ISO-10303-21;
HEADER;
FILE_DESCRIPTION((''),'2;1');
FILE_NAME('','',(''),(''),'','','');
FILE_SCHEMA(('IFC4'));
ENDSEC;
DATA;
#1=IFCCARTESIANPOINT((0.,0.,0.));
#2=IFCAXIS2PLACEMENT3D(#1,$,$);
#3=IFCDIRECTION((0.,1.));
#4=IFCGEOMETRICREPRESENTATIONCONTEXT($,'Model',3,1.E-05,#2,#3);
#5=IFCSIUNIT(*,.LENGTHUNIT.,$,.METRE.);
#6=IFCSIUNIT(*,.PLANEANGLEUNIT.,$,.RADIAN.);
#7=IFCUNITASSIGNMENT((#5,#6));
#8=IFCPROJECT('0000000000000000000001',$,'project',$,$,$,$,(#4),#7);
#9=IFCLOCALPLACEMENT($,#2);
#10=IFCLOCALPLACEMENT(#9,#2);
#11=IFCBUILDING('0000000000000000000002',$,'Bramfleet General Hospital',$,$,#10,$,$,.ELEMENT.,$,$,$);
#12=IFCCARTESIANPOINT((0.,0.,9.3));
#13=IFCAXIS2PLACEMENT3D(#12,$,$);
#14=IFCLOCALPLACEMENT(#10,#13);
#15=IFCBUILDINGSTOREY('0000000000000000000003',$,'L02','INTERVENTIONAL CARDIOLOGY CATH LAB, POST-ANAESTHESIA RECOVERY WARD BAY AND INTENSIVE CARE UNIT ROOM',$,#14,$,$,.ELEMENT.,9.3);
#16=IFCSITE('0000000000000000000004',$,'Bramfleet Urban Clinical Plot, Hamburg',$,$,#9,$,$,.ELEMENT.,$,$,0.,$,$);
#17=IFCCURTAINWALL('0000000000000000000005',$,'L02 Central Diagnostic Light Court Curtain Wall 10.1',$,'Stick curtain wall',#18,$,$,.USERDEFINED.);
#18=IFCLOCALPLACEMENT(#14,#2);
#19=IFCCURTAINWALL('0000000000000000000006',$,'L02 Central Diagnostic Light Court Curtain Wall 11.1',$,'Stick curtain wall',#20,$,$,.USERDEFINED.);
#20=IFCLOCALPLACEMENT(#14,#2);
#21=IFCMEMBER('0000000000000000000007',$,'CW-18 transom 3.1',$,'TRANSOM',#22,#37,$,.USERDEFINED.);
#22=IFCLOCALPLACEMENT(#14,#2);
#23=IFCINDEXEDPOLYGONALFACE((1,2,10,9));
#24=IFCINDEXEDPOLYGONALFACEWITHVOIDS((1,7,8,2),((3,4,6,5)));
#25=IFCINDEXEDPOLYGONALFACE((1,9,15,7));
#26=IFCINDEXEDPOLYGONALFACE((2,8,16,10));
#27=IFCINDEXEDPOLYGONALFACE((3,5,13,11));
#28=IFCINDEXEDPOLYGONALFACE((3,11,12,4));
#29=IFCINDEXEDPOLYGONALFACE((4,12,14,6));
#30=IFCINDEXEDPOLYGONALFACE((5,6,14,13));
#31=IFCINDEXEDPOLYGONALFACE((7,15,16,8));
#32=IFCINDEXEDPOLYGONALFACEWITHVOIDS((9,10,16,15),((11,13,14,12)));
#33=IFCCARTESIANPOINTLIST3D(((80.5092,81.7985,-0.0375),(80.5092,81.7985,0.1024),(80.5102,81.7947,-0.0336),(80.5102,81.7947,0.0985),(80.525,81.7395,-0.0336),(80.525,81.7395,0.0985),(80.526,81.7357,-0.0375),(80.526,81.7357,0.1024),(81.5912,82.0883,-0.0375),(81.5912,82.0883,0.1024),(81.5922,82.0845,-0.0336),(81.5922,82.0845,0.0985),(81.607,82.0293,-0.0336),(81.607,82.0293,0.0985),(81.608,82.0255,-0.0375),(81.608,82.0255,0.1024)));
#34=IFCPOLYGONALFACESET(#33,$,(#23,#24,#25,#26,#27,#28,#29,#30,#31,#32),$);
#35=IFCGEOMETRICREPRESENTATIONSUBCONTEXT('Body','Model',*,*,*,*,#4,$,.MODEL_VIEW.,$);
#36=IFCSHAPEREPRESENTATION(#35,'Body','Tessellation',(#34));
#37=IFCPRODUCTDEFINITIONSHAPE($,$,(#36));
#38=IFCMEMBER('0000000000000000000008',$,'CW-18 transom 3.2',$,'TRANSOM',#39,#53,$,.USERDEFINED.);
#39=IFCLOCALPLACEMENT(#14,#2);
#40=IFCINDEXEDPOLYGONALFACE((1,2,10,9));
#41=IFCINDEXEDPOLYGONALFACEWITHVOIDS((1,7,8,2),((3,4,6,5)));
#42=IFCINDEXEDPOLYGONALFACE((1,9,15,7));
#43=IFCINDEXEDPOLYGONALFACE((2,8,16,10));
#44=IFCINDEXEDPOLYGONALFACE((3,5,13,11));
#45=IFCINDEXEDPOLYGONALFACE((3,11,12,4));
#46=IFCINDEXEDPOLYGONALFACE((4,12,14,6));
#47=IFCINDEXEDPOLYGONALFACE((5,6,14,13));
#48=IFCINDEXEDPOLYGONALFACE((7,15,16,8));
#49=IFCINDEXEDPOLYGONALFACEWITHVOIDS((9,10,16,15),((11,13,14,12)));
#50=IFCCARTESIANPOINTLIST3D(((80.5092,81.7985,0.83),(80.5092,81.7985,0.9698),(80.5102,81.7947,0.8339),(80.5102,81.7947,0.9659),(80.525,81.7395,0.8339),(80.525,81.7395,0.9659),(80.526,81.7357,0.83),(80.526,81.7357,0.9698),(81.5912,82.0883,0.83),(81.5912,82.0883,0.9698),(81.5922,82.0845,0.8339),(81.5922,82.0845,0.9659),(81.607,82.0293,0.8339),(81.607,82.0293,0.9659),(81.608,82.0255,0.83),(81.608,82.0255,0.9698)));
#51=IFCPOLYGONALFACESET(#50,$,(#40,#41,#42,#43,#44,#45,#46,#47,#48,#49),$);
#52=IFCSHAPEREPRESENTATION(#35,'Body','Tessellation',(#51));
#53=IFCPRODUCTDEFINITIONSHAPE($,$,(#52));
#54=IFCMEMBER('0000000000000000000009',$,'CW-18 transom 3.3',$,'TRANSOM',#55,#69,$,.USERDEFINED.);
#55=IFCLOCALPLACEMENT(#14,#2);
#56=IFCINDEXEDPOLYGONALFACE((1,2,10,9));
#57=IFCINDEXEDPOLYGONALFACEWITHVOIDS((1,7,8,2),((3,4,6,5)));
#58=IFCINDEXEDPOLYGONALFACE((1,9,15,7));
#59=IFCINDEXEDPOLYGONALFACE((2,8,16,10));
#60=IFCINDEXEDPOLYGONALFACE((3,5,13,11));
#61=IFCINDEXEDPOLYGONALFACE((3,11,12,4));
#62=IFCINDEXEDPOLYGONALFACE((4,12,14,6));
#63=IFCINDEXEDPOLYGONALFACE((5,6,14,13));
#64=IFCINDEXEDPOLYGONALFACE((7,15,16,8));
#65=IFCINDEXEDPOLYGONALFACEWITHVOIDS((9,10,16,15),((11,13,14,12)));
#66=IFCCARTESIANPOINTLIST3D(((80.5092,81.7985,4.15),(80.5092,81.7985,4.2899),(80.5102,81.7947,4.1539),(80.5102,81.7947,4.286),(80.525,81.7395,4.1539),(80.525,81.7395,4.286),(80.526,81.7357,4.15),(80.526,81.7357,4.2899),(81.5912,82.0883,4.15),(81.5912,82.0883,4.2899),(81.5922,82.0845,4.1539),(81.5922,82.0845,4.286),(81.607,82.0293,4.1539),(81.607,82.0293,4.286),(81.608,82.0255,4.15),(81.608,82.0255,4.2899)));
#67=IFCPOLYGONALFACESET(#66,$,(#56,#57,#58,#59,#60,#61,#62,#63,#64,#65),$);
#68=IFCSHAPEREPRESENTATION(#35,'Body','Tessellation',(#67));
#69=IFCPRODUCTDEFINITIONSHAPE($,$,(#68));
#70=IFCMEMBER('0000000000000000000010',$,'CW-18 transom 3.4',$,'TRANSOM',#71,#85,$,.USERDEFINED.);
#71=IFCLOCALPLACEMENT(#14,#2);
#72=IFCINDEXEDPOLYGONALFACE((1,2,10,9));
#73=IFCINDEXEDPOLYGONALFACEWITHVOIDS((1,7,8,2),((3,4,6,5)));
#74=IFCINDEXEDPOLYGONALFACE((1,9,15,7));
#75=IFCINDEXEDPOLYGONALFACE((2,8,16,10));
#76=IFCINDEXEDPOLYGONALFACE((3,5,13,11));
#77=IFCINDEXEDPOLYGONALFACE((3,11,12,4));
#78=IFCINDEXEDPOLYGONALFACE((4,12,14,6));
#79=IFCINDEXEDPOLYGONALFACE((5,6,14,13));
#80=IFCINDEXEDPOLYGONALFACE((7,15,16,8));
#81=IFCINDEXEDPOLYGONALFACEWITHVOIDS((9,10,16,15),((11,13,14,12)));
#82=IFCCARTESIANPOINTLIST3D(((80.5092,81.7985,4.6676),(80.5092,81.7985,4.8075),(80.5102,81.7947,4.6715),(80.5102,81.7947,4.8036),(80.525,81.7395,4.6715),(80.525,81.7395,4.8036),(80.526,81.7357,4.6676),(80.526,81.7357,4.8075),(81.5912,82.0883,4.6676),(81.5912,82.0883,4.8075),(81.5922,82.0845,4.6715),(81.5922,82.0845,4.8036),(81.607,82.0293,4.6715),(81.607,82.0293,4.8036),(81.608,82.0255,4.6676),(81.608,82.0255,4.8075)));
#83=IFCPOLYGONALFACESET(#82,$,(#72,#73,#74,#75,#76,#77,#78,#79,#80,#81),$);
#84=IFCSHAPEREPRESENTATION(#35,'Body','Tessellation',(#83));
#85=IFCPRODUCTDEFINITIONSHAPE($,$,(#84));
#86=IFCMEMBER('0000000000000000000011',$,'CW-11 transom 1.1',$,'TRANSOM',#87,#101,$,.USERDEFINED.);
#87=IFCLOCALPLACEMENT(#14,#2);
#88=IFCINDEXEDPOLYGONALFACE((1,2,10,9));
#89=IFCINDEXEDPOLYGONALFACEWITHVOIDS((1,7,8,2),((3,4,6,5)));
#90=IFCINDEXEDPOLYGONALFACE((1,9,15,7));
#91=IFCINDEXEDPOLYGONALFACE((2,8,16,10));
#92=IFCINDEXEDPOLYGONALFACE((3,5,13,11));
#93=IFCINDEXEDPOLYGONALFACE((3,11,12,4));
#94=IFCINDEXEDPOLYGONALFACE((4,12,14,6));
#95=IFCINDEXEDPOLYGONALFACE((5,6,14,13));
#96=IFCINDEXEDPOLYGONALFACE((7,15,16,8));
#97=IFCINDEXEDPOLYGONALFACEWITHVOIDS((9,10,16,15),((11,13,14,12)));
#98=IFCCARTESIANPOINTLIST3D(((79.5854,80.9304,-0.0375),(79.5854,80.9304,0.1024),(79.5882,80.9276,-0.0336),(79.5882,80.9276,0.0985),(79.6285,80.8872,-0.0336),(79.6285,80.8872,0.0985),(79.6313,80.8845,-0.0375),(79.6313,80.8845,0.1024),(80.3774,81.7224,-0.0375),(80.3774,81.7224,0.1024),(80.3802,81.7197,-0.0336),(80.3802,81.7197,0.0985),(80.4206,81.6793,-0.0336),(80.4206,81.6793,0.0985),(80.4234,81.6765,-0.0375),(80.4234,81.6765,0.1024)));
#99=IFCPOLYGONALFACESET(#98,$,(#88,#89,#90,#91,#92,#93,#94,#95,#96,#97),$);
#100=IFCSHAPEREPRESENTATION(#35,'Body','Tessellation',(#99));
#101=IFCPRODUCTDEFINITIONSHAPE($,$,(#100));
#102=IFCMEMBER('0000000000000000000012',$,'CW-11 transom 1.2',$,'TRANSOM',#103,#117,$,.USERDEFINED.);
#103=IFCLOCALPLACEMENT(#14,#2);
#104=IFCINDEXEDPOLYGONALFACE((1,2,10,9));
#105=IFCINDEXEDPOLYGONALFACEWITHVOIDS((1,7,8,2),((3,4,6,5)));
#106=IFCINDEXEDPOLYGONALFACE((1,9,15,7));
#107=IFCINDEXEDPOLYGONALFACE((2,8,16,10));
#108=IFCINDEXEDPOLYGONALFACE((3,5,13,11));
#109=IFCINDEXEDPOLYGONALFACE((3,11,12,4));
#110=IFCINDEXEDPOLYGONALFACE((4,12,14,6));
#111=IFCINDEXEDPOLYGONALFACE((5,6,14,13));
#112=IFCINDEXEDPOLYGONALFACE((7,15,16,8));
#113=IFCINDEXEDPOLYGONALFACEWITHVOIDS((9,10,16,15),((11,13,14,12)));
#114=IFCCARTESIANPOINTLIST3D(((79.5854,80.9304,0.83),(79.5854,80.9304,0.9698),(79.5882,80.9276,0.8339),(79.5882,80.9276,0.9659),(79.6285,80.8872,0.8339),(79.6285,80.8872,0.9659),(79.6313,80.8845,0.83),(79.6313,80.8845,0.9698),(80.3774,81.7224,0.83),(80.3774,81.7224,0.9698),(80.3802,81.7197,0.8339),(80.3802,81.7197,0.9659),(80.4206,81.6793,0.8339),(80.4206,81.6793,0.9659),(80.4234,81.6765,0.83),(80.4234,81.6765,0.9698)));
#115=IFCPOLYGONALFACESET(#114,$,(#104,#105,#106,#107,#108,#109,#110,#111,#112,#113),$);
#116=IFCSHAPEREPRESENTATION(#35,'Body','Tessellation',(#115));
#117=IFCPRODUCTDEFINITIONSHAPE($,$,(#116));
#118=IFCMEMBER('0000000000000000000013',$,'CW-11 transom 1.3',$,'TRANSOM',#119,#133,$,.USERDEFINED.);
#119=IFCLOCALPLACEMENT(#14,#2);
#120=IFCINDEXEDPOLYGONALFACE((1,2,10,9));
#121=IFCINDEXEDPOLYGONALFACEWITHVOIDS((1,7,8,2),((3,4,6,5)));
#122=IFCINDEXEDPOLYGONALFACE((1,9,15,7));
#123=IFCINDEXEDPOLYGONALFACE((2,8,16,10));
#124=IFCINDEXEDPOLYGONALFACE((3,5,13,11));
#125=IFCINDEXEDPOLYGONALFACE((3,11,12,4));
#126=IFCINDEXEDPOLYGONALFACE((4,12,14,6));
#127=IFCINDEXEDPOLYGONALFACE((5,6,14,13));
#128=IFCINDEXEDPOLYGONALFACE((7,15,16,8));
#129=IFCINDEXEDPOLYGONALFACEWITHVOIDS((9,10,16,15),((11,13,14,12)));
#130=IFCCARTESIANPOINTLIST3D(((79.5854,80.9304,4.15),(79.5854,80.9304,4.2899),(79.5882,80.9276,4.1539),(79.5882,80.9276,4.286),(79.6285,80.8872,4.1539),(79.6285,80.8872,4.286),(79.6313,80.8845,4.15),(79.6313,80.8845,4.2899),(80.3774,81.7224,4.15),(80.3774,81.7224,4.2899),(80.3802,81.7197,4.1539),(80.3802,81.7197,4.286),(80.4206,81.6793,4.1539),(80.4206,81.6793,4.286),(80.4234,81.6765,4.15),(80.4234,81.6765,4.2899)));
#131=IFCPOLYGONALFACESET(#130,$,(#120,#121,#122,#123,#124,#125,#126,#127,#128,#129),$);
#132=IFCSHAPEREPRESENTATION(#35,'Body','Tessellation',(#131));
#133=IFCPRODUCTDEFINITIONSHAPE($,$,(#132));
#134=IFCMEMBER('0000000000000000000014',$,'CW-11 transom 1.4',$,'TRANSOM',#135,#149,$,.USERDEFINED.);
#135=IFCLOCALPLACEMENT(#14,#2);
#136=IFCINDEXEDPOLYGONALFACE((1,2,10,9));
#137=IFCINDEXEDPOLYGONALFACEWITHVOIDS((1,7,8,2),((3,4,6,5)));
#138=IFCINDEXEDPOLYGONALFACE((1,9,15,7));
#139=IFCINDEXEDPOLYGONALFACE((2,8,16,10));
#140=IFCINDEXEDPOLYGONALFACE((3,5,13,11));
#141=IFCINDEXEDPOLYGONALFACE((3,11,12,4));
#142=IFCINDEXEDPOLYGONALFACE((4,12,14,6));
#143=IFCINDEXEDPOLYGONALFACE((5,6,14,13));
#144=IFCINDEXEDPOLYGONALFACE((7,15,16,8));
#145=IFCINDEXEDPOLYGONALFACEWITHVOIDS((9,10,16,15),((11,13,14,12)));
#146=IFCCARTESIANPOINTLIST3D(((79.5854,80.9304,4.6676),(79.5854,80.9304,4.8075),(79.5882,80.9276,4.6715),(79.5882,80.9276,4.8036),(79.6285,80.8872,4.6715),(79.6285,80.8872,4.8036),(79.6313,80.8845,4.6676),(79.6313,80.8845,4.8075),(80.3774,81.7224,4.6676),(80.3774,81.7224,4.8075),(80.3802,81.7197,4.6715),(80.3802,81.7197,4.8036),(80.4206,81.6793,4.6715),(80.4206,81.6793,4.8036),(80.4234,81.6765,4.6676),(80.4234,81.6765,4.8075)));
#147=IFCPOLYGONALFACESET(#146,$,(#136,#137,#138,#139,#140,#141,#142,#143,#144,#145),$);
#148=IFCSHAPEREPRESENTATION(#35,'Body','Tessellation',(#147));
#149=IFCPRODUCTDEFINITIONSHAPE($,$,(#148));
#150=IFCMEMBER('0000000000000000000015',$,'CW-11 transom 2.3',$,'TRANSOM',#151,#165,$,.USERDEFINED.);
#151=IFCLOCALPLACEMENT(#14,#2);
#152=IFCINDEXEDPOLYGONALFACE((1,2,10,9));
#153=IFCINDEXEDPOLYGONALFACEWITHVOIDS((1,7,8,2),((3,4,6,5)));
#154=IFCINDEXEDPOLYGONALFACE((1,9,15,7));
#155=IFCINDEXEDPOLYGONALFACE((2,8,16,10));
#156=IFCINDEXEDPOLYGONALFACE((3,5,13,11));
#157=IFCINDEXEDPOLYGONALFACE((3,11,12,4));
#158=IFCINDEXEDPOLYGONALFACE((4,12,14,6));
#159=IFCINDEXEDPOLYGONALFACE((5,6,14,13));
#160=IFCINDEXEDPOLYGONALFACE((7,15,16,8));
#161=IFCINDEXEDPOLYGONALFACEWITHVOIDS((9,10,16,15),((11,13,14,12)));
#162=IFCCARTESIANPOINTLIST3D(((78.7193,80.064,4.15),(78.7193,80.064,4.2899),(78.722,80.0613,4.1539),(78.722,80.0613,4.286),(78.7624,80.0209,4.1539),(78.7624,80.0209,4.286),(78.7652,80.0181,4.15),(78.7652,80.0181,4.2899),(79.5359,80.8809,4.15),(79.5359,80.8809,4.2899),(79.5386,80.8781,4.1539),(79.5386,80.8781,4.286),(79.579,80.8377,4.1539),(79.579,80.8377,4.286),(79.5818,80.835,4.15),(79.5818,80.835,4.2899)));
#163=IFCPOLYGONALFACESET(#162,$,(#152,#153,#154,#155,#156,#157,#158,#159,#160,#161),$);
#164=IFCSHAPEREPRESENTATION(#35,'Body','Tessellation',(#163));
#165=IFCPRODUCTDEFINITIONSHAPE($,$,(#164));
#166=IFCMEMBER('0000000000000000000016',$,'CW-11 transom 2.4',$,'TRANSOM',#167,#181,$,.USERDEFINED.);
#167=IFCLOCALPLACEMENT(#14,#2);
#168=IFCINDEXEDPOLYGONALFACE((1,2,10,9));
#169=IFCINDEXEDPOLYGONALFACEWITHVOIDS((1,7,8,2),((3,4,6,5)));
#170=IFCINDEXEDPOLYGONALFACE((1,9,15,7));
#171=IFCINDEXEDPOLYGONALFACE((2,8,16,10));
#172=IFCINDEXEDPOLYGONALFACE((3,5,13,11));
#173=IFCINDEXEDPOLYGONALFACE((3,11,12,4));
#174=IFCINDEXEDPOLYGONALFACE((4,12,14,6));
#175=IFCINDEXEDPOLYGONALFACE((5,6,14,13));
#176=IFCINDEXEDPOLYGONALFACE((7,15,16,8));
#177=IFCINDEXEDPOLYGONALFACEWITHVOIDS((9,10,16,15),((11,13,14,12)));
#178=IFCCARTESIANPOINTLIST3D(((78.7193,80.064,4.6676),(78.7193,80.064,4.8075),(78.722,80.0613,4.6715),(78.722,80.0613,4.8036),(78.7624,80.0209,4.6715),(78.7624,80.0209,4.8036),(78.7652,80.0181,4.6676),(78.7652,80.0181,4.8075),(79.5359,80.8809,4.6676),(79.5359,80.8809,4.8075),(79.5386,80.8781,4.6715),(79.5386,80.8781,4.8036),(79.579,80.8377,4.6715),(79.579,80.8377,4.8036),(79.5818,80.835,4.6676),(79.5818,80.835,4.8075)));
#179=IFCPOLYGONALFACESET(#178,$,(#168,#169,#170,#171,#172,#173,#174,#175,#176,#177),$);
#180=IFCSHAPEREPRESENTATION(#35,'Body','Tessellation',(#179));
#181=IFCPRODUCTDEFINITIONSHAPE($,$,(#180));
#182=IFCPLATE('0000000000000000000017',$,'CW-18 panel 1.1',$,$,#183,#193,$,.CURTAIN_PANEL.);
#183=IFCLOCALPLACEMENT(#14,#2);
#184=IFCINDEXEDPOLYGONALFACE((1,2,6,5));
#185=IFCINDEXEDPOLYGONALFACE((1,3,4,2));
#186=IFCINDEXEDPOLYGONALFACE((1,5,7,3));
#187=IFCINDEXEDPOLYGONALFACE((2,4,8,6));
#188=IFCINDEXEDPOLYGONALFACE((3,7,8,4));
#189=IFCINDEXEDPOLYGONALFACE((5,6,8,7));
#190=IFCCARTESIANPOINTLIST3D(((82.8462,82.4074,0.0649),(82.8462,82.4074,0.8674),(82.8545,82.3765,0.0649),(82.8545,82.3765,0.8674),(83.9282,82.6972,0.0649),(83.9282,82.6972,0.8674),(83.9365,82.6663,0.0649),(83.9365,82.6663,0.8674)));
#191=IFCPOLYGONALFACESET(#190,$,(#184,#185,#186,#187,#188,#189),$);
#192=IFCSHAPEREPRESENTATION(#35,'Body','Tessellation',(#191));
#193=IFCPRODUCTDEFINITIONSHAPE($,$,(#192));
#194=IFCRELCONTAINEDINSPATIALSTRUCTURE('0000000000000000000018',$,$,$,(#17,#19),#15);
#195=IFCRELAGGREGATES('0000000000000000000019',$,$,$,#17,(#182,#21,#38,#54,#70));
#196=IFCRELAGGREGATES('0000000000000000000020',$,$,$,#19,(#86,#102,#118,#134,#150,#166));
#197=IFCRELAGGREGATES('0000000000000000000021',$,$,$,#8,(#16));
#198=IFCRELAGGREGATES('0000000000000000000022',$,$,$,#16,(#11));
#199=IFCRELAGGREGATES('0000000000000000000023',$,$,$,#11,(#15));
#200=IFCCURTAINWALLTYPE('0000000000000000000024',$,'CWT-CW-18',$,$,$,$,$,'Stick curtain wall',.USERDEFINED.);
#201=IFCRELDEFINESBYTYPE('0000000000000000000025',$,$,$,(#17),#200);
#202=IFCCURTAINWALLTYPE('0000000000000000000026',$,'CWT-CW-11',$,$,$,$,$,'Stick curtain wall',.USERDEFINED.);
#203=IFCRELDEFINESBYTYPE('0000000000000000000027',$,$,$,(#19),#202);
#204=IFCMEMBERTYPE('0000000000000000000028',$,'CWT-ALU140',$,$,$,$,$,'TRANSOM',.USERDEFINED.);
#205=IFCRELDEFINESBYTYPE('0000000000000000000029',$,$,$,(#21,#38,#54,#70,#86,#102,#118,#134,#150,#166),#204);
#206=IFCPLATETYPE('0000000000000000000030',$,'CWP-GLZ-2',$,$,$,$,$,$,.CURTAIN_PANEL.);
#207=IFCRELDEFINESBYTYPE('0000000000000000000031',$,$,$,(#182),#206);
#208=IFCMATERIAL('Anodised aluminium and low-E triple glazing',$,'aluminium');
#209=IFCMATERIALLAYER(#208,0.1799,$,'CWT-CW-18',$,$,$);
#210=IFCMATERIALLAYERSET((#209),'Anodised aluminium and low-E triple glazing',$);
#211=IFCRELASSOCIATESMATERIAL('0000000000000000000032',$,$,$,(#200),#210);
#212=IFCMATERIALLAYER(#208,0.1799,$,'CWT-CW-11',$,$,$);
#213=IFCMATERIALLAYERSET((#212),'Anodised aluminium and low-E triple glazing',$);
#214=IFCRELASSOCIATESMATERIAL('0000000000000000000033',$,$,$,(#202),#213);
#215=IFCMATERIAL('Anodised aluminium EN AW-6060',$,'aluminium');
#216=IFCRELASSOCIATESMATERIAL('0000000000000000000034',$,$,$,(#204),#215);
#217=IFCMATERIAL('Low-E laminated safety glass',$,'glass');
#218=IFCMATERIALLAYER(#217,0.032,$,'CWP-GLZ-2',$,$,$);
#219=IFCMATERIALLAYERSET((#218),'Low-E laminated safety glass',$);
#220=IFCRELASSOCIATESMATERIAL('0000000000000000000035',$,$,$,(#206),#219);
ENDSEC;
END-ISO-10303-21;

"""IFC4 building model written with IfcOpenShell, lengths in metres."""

from ifc_helpers import new_model, si_unit, direction, frame, origin, origin_2d, place, context, subcontext, project, spatial, rectangle, hollow_rectangle, extrude, material, layer, layer_set, material_profile, profile_set, type_object, element, aggregate, save


model = new_model("IFC4")

# Units and contexts
model_context = context("Model", 3, precision=1e-05, world=origin(), true_north=direction((0.0, 1.0)))
body_context = subcontext(model_context, "Body", "Model", "MODEL_VIEW")
ifc_project = project(units=[si_unit("LENGTHUNIT", "METRE"), si_unit("PLANEANGLEUNIT", "RADIAN")], contexts=[model_context])

# Site, building, storey
site_placement = place(None, origin())
site = spatial("IfcSite", under=ifc_project, at=site_placement, Name="Bramfleet Urban Clinical Plot, Hamburg", CompositionType="ELEMENT", RefElevation=0.0)
building_placement = place(site_placement, origin())
building = spatial("IfcBuilding", under=site, at=building_placement, Name="Bramfleet General Hospital", CompositionType="ELEMENT")
storey_placement = place(building_placement, frame((0.0, 0.0, 9.3)))
storey = spatial("IfcBuildingStorey", under=building, at=storey_placement, Name="L02", Description="INTERVENTIONAL CARDIOLOGY CATH LAB, POST-ANAESTHESIA RECOVERY WARD BAY AND INTENSIVE CARE UNIT ROOM", CompositionType="ELEMENT", Elevation=9.3)

# Curtain walls
ifc_material_1 = material(Name="Anodised aluminium and low-E triple glazing", Category="aluminium")
ifc_layer_1 = layer(ifc_material_1, 0.1799, Name="CWT-CW-18")
ifc_layer_set_1 = layer_set([ifc_layer_1], Name="Anodised aluminium and low-E triple glazing")
curtain_wall_type_1 = type_object("IfcCurtainWallType", Name="CWT-CW-18", ElementType="Stick curtain wall", PredefinedType="USERDEFINED", material=ifc_layer_set_1)
curtain_wall_1_placement = place(storey_placement, origin())
curtain_wall_1 = element("IfcCurtainWall", 1, at=curtain_wall_1_placement, inside=storey, type_object=curtain_wall_type_1, Name="L02 Central Diagnostic Light Court Curtain Wall 10.1", ObjectType="Stick curtain wall", PredefinedType="USERDEFINED")
ifc_material_2 = material(Name="Anodised aluminium EN AW-6060", Category="aluminium")
ifc_layer_2 = layer(ifc_material_1, 0.1799, Name="CWT-CW-11")
ifc_layer_set_2 = layer_set([ifc_layer_2], Name="Anodised aluminium and low-E triple glazing")
curtain_wall_type_2 = type_object("IfcCurtainWallType", Name="CWT-CW-11", ElementType="Stick curtain wall", PredefinedType="USERDEFINED", material=ifc_layer_set_2)
curtain_wall_2_placement = place(storey_placement, origin())
curtain_wall_2 = element("IfcCurtainWall", 2, at=curtain_wall_2_placement, inside=storey, type_object=curtain_wall_type_2, Name="L02 Central Diagnostic Light Court Curtain Wall 11.1", ObjectType="Stick curtain wall", PredefinedType="USERDEFINED")

# Members
ifc_material_profile_1 = material_profile(ifc_material_2, hollow_rectangle(XDim=0.0649, YDim=0.1399, WallThickness=0.0039, at=origin_2d()), Name="ALU 140x65x4.0")
ifc_profile_set_1 = profile_set([ifc_material_profile_1], Name="Anodised aluminium EN AW-6060")
member_type_1 = type_object("IfcMemberType", Name="CWT-ALU140", ElementType="TRANSOM", PredefinedType="USERDEFINED", material=ifc_profile_set_1)
member_1_placement = place(storey_placement, frame((81.5996, 82.0569, 0.0325), z_axis=(-0.965956, -0.258707, 0.0), x_axis=(0.258707, -0.965956, 0.0)))
member_1 = element("IfcMember", 3, at=member_1_placement, type_object=member_type_1, Name="CW-18 transom 3.1", ObjectType="TRANSOM", PredefinedType="USERDEFINED", context=body_context, shape_type="SweptSolid", body=[
    extrude(hollow_rectangle(XDim=0.0649, YDim=0.1399, WallThickness=0.0039, at=origin_2d()), origin(), (0.0, 0.0, 1.0), 1.1201),
])
member_2_placement = place(storey_placement, frame((81.5996, 82.0569, 0.8999), z_axis=(-0.965956, -0.258707, 0.0), x_axis=(0.258707, -0.965956, 0.0)))
member_2 = element("IfcMember", 4, at=member_2_placement, type_object=member_type_1, Name="CW-18 transom 3.2", ObjectType="TRANSOM", PredefinedType="USERDEFINED", context=body_context, shape_type="SweptSolid", body=[
    extrude(hollow_rectangle(XDim=0.0649, YDim=0.1399, WallThickness=0.0039, at=origin_2d()), origin(), (0.0, 0.0, 1.0), 1.1201),
])
member_3_placement = place(storey_placement, frame((81.5996, 82.0569, 4.22), z_axis=(-0.965956, -0.258707, 0.0), x_axis=(0.258707, -0.965956, 0.0)))
member_3 = element("IfcMember", 5, at=member_3_placement, type_object=member_type_1, Name="CW-18 transom 3.3", ObjectType="TRANSOM", PredefinedType="USERDEFINED", context=body_context, shape_type="SweptSolid", body=[
    extrude(hollow_rectangle(XDim=0.0649, YDim=0.1399, WallThickness=0.0039, at=origin_2d()), origin(), (0.0, 0.0, 1.0), 1.1201),
])
member_4_placement = place(storey_placement, frame((81.5996, 82.0569, 4.7375), z_axis=(-0.965956, -0.258707, 0.0), x_axis=(0.258707, -0.965956, 0.0)))
member_4 = element("IfcMember", 6, at=member_4_placement, type_object=member_type_1, Name="CW-18 transom 3.4", ObjectType="TRANSOM", PredefinedType="USERDEFINED", context=body_context, shape_type="SweptSolid", body=[
    extrude(hollow_rectangle(XDim=0.0649, YDim=0.1399, WallThickness=0.0039, at=origin_2d()), origin(), (0.0, 0.0, 1.0), 1.1201),
])
member_5_placement = place(storey_placement, frame((80.4004, 81.6995, 0.0325), z_axis=(-0.707107, -0.707107, 0.0), x_axis=(0.707107, -0.707107, 0.0)))
member_5 = element("IfcMember", 7, at=member_5_placement, type_object=member_type_1, Name="CW-11 transom 1.1", ObjectType="TRANSOM", PredefinedType="USERDEFINED", context=body_context, shape_type="SweptSolid", body=[
    extrude(hollow_rectangle(XDim=0.0649, YDim=0.1399, WallThickness=0.0039, at=origin_2d()), origin(), (0.0, 0.0, 1.0), 1.1201),
])
member_6_placement = place(storey_placement, frame((80.4004, 81.6995, 0.8999), z_axis=(-0.707107, -0.707107, 0.0), x_axis=(0.707107, -0.707107, 0.0)))
member_6 = element("IfcMember", 8, at=member_6_placement, type_object=member_type_1, Name="CW-11 transom 1.2", ObjectType="TRANSOM", PredefinedType="USERDEFINED", context=body_context, shape_type="SweptSolid", body=[
    extrude(hollow_rectangle(XDim=0.0649, YDim=0.1399, WallThickness=0.0039, at=origin_2d()), origin(), (0.0, 0.0, 1.0), 1.1201),
])
member_7_placement = place(storey_placement, frame((80.4004, 81.6995, 4.22), z_axis=(-0.707107, -0.707107, 0.0), x_axis=(0.707107, -0.707107, 0.0)))
member_7 = element("IfcMember", 9, at=member_7_placement, type_object=member_type_1, Name="CW-11 transom 1.3", ObjectType="TRANSOM", PredefinedType="USERDEFINED", context=body_context, shape_type="SweptSolid", body=[
    extrude(hollow_rectangle(XDim=0.0649, YDim=0.1399, WallThickness=0.0039, at=origin_2d()), origin(), (0.0, 0.0, 1.0), 1.1201),
])
member_8_placement = place(storey_placement, frame((80.4004, 81.6995, 4.7375), z_axis=(-0.707107, -0.707107, 0.0), x_axis=(0.707107, -0.707107, 0.0)))
member_8 = element("IfcMember", 10, at=member_8_placement, type_object=member_type_1, Name="CW-11 transom 1.4", ObjectType="TRANSOM", PredefinedType="USERDEFINED", context=body_context, shape_type="SweptSolid", body=[
    extrude(hollow_rectangle(XDim=0.0649, YDim=0.1399, WallThickness=0.0039, at=origin_2d()), origin(), (0.0, 0.0, 1.0), 1.1201),
])
member_9_placement = place(storey_placement, frame((79.5588, 80.8579, 4.22), z_axis=(-0.707001, -0.707212, 0.0), x_axis=(0.707212, -0.707001, 0.0)))
member_9 = element("IfcMember", 11, at=member_9_placement, type_object=member_type_1, Name="CW-11 transom 2.3", ObjectType="TRANSOM", PredefinedType="USERDEFINED", context=body_context, shape_type="SweptSolid", body=[
    extrude(hollow_rectangle(XDim=0.0649, YDim=0.1399, WallThickness=0.0039, at=origin_2d()), origin(), (0.0, 0.0, 1.0), 1.155),
])
member_10_placement = place(storey_placement, frame((79.5588, 80.8579, 4.7375), z_axis=(-0.707001, -0.707212, 0.0), x_axis=(0.707212, -0.707001, 0.0)))
member_10 = element("IfcMember", 12, at=member_10_placement, type_object=member_type_1, Name="CW-11 transom 2.4", ObjectType="TRANSOM", PredefinedType="USERDEFINED", context=body_context, shape_type="SweptSolid", body=[
    extrude(hollow_rectangle(XDim=0.0649, YDim=0.1399, WallThickness=0.0039, at=origin_2d()), origin(), (0.0, 0.0, 1.0), 1.155),
])

# Plate
ifc_material_3 = material(Name="Low-E laminated safety glass", Category="glass")
ifc_layer_3 = layer(ifc_material_3, 0.032, Name="CWP-GLZ-2")
ifc_layer_set_3 = layer_set([ifc_layer_3], Name="Low-E laminated safety glass")
plate_type = type_object("IfcPlateType", Name="CWP-GLZ-2", PredefinedType="CURTAIN_PANEL", material=ifc_layer_set_3)
plate_1_placement = place(storey_placement, frame((83.3914, 82.5369, 0.0649), z_axis=(0.0, 0.0, 1.0), x_axis=(-0.965941, -0.258763, 0.0)))
plate_1 = element("IfcPlate", 13, at=plate_1_placement, type_object=plate_type, Name="CW-18 panel 1.1", PredefinedType="CURTAIN_PANEL", context=body_context, shape_type="SweptSolid", body=[
    extrude(rectangle(XDim=1.1201, YDim=0.032, at=origin_2d()), origin(), (0.0, 0.0, 1.0), 0.8025),
])
aggregate(curtain_wall_1, [plate_1, member_1, member_2, member_3, member_4])
aggregate(curtain_wall_2, [member_5, member_6, member_7, member_8, member_9, member_10])

save(model, "model.ifc")
